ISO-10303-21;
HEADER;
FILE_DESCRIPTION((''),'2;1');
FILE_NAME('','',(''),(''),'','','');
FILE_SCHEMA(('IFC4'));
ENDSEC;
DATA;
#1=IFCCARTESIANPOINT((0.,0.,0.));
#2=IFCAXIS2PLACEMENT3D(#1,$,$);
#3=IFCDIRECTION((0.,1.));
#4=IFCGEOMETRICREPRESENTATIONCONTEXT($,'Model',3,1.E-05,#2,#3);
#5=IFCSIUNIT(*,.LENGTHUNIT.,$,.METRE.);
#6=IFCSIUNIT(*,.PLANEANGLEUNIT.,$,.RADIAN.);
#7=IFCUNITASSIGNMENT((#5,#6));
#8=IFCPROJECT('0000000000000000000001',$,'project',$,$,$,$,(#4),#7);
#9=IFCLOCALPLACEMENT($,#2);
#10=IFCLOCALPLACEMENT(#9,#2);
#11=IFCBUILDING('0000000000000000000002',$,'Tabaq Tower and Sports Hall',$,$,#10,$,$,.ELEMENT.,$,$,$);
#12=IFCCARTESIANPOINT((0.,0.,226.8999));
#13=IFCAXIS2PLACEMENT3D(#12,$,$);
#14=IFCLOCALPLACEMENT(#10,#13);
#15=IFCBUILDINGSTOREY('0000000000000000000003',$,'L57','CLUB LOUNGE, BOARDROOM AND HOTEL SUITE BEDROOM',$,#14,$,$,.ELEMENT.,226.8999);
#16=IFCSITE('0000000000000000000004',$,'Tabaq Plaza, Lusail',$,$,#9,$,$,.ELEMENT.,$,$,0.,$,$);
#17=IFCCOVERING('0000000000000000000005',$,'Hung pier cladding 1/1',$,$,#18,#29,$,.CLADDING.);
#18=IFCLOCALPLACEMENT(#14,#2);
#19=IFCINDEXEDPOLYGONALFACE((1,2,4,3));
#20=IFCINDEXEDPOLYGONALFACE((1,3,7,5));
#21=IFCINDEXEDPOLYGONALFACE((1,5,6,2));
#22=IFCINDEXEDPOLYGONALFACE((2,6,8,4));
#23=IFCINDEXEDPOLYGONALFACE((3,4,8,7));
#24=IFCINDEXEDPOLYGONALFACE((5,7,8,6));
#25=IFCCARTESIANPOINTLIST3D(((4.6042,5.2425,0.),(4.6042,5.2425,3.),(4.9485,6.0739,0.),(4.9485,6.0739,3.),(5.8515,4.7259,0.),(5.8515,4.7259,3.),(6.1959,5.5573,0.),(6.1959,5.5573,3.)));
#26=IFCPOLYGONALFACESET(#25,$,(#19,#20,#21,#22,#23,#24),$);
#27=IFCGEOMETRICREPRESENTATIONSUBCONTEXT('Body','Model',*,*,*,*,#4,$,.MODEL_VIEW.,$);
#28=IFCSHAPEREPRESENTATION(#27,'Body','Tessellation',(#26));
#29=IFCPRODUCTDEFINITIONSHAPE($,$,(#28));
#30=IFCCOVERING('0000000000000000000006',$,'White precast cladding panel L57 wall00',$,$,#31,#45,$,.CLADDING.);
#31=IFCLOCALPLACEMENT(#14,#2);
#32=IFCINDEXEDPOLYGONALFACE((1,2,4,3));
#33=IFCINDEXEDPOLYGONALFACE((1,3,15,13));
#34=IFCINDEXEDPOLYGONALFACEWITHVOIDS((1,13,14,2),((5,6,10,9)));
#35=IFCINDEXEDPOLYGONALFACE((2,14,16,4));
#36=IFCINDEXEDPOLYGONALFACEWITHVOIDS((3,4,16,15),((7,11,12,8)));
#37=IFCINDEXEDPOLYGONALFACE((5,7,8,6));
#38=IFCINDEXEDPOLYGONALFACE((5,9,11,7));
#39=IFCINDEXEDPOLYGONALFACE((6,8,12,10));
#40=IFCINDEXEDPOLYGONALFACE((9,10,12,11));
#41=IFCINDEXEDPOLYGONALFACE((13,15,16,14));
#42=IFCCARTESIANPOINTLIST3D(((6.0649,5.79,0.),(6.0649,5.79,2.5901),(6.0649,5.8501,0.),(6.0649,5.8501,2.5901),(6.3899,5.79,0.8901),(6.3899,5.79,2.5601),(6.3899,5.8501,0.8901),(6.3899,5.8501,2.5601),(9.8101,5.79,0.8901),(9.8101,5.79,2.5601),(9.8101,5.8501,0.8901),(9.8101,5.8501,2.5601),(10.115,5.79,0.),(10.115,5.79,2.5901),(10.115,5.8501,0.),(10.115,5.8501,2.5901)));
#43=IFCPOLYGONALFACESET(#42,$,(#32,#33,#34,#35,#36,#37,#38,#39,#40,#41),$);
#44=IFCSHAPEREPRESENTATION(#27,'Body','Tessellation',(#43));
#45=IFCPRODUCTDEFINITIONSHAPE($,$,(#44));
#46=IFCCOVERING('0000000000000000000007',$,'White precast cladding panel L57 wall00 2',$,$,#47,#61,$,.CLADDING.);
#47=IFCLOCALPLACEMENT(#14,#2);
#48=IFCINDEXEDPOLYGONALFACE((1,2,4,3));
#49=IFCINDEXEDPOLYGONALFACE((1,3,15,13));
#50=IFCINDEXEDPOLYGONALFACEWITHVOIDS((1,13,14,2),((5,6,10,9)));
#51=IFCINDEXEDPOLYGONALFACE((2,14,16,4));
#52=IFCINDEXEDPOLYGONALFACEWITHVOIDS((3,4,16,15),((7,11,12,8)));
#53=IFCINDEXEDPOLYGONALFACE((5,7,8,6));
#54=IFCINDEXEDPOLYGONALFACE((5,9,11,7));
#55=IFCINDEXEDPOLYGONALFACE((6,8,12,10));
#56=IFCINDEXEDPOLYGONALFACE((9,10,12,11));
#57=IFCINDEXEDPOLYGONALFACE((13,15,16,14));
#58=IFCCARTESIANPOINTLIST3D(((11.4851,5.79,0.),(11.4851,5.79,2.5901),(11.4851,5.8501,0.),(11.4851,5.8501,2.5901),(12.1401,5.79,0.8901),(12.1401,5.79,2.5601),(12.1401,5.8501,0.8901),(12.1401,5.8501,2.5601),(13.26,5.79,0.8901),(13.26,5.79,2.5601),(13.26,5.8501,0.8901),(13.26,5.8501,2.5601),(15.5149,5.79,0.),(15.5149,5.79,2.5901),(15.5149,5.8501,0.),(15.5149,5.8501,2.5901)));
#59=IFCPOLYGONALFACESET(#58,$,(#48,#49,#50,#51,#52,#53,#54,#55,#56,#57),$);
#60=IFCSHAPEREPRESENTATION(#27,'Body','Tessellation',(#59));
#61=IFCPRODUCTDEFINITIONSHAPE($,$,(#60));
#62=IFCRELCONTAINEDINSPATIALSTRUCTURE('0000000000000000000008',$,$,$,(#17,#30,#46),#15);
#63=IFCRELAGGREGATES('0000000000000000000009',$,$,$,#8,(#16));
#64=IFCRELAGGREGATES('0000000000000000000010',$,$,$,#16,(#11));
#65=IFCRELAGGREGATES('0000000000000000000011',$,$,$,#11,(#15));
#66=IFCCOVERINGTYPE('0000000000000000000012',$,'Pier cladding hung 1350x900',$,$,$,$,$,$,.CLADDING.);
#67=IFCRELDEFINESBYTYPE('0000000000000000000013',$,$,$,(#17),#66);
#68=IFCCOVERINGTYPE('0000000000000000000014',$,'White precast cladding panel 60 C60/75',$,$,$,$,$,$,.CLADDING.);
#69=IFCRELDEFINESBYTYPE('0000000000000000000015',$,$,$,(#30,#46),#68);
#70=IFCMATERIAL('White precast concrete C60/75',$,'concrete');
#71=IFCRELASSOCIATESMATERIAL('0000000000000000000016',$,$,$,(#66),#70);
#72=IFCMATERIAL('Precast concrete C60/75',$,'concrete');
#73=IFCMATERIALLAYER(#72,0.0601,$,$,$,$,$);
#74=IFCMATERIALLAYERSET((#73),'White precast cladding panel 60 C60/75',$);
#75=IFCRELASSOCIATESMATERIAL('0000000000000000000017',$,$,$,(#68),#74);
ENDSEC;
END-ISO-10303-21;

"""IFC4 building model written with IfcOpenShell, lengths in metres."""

from ifc_helpers import new_model, si_unit, direction, frame, frame_2d, origin, place, context, subcontext, project, spatial, polyline, rectangle, outline, extrude, material, layer, layer_set, type_object, element, save


model = new_model("IFC4")

# Units and contexts
model_context = context("Model", 3, precision=1e-05, world=origin(), true_north=direction((0.0, 1.0)))
body_context = subcontext(model_context, "Body", "Model", "MODEL_VIEW")
ifc_project = project(units=[si_unit("LENGTHUNIT", "METRE"), si_unit("PLANEANGLEUNIT", "RADIAN")], contexts=[model_context])

# Site, building, storey
site_placement = place(None, origin())
site = spatial("IfcSite", under=ifc_project, at=site_placement, Name="Tabaq Plaza, Lusail", CompositionType="ELEMENT", RefElevation=0.0)
building_placement = place(site_placement, origin())
building = spatial("IfcBuilding", under=site, at=building_placement, Name="Tabaq Tower and Sports Hall", CompositionType="ELEMENT")
storey_placement = place(building_placement, frame((0.0, 0.0, 226.8999)))
storey = spatial("IfcBuildingStorey", under=building, at=storey_placement, Name="L57", Description="CLUB LOUNGE, BOARDROOM AND HOTEL SUITE BEDROOM", CompositionType="ELEMENT", Elevation=226.8999)

# Coverings
ifc_material_1 = material(Name="White precast concrete C60/75", Category="concrete")
covering_type_1 = type_object("IfcCoveringType", Name="Pier cladding hung 1350x900", PredefinedType="CLADDING", material=ifc_material_1)
covering_1_placement = place(storey_placement, frame((4.7764, 5.6582, 0.0), z_axis=(0.0, 0.0, 1.0), x_axis=(0.923893, -0.38265, 0.0)))
element("IfcCovering", 1, at=covering_1_placement, inside=storey, type_object=covering_type_1, Name="Hung pier cladding 1/1", PredefinedType="CLADDING", context=body_context, shape_type="SweptSolid", body=[
    extrude(rectangle(XDim=1.3501, YDim=0.8999, at=frame_2d((0.675, 0.0))), origin(), (0.0, 0.0, 1.0), 3.0),
])
ifc_material_2 = material(Name="Precast concrete C60/75", Category="concrete")
ifc_layer_1 = layer(ifc_material_2, 0.0601)
ifc_layer_set_1 = layer_set([ifc_layer_1], Name="White precast cladding panel 60 C60/75")
covering_type_2 = type_object("IfcCoveringType", Name="White precast cladding panel 60 C60/75", PredefinedType="CLADDING", material=ifc_layer_set_1)
covering_2_placement = place(storey_placement, frame((6.0649, 5.8201, 0.0), z_axis=(0.0, 0.0, 1.0), x_axis=(1.0, 0.0, 0.0)))
element("IfcCovering", 2, at=covering_2_placement, inside=storey, type_object=covering_type_2, Name="White precast cladding panel L57 wall00", PredefinedType="CLADDING", context=body_context, shape_type="SweptSolid", body=[
    extrude(outline(polyline([(0.0, 0.0), (4.05, 0.0), (4.05, 2.5901), (0.0, 2.5901), (0.0, 0.0)]), holes=[polyline([(3.7451, 0.8901), (0.325, 0.8901), (0.325, 2.5601), (3.7451, 2.5601), (3.7451, 0.8901)])]), frame((0.0, 0.03, 0.0), z_axis=(0.0, -1.0, 0.0), x_axis=(1.0, 0.0, 0.0)), (0.0, 0.0, 1.0), 0.0601),
])
covering_3_placement = place(storey_placement, frame((11.4851, 5.8201, 0.0), z_axis=(0.0, 0.0, 1.0), x_axis=(1.0, 0.0, 0.0)))
element("IfcCovering", 3, at=covering_3_placement, inside=storey, type_object=covering_type_2, Name="White precast cladding panel L57 wall00 2", PredefinedType="CLADDING", context=body_context, shape_type="SweptSolid", body=[
    extrude(outline(polyline([(0.0, 0.0), (4.0298, 0.0), (4.0298, 2.5901), (0.0, 2.5901), (0.0, 0.0)]), holes=[polyline([(1.7749, 0.8901), (0.655, 0.8901), (0.655, 2.5601), (1.7749, 2.5601), (1.7749, 0.8901)])]), frame((0.0, 0.03, 0.0), z_axis=(0.0, -1.0, 0.0), x_axis=(1.0, 0.0, 0.0)), (0.0, 0.0, 1.0), 0.0601),
])

save(model, "model.ifc")
